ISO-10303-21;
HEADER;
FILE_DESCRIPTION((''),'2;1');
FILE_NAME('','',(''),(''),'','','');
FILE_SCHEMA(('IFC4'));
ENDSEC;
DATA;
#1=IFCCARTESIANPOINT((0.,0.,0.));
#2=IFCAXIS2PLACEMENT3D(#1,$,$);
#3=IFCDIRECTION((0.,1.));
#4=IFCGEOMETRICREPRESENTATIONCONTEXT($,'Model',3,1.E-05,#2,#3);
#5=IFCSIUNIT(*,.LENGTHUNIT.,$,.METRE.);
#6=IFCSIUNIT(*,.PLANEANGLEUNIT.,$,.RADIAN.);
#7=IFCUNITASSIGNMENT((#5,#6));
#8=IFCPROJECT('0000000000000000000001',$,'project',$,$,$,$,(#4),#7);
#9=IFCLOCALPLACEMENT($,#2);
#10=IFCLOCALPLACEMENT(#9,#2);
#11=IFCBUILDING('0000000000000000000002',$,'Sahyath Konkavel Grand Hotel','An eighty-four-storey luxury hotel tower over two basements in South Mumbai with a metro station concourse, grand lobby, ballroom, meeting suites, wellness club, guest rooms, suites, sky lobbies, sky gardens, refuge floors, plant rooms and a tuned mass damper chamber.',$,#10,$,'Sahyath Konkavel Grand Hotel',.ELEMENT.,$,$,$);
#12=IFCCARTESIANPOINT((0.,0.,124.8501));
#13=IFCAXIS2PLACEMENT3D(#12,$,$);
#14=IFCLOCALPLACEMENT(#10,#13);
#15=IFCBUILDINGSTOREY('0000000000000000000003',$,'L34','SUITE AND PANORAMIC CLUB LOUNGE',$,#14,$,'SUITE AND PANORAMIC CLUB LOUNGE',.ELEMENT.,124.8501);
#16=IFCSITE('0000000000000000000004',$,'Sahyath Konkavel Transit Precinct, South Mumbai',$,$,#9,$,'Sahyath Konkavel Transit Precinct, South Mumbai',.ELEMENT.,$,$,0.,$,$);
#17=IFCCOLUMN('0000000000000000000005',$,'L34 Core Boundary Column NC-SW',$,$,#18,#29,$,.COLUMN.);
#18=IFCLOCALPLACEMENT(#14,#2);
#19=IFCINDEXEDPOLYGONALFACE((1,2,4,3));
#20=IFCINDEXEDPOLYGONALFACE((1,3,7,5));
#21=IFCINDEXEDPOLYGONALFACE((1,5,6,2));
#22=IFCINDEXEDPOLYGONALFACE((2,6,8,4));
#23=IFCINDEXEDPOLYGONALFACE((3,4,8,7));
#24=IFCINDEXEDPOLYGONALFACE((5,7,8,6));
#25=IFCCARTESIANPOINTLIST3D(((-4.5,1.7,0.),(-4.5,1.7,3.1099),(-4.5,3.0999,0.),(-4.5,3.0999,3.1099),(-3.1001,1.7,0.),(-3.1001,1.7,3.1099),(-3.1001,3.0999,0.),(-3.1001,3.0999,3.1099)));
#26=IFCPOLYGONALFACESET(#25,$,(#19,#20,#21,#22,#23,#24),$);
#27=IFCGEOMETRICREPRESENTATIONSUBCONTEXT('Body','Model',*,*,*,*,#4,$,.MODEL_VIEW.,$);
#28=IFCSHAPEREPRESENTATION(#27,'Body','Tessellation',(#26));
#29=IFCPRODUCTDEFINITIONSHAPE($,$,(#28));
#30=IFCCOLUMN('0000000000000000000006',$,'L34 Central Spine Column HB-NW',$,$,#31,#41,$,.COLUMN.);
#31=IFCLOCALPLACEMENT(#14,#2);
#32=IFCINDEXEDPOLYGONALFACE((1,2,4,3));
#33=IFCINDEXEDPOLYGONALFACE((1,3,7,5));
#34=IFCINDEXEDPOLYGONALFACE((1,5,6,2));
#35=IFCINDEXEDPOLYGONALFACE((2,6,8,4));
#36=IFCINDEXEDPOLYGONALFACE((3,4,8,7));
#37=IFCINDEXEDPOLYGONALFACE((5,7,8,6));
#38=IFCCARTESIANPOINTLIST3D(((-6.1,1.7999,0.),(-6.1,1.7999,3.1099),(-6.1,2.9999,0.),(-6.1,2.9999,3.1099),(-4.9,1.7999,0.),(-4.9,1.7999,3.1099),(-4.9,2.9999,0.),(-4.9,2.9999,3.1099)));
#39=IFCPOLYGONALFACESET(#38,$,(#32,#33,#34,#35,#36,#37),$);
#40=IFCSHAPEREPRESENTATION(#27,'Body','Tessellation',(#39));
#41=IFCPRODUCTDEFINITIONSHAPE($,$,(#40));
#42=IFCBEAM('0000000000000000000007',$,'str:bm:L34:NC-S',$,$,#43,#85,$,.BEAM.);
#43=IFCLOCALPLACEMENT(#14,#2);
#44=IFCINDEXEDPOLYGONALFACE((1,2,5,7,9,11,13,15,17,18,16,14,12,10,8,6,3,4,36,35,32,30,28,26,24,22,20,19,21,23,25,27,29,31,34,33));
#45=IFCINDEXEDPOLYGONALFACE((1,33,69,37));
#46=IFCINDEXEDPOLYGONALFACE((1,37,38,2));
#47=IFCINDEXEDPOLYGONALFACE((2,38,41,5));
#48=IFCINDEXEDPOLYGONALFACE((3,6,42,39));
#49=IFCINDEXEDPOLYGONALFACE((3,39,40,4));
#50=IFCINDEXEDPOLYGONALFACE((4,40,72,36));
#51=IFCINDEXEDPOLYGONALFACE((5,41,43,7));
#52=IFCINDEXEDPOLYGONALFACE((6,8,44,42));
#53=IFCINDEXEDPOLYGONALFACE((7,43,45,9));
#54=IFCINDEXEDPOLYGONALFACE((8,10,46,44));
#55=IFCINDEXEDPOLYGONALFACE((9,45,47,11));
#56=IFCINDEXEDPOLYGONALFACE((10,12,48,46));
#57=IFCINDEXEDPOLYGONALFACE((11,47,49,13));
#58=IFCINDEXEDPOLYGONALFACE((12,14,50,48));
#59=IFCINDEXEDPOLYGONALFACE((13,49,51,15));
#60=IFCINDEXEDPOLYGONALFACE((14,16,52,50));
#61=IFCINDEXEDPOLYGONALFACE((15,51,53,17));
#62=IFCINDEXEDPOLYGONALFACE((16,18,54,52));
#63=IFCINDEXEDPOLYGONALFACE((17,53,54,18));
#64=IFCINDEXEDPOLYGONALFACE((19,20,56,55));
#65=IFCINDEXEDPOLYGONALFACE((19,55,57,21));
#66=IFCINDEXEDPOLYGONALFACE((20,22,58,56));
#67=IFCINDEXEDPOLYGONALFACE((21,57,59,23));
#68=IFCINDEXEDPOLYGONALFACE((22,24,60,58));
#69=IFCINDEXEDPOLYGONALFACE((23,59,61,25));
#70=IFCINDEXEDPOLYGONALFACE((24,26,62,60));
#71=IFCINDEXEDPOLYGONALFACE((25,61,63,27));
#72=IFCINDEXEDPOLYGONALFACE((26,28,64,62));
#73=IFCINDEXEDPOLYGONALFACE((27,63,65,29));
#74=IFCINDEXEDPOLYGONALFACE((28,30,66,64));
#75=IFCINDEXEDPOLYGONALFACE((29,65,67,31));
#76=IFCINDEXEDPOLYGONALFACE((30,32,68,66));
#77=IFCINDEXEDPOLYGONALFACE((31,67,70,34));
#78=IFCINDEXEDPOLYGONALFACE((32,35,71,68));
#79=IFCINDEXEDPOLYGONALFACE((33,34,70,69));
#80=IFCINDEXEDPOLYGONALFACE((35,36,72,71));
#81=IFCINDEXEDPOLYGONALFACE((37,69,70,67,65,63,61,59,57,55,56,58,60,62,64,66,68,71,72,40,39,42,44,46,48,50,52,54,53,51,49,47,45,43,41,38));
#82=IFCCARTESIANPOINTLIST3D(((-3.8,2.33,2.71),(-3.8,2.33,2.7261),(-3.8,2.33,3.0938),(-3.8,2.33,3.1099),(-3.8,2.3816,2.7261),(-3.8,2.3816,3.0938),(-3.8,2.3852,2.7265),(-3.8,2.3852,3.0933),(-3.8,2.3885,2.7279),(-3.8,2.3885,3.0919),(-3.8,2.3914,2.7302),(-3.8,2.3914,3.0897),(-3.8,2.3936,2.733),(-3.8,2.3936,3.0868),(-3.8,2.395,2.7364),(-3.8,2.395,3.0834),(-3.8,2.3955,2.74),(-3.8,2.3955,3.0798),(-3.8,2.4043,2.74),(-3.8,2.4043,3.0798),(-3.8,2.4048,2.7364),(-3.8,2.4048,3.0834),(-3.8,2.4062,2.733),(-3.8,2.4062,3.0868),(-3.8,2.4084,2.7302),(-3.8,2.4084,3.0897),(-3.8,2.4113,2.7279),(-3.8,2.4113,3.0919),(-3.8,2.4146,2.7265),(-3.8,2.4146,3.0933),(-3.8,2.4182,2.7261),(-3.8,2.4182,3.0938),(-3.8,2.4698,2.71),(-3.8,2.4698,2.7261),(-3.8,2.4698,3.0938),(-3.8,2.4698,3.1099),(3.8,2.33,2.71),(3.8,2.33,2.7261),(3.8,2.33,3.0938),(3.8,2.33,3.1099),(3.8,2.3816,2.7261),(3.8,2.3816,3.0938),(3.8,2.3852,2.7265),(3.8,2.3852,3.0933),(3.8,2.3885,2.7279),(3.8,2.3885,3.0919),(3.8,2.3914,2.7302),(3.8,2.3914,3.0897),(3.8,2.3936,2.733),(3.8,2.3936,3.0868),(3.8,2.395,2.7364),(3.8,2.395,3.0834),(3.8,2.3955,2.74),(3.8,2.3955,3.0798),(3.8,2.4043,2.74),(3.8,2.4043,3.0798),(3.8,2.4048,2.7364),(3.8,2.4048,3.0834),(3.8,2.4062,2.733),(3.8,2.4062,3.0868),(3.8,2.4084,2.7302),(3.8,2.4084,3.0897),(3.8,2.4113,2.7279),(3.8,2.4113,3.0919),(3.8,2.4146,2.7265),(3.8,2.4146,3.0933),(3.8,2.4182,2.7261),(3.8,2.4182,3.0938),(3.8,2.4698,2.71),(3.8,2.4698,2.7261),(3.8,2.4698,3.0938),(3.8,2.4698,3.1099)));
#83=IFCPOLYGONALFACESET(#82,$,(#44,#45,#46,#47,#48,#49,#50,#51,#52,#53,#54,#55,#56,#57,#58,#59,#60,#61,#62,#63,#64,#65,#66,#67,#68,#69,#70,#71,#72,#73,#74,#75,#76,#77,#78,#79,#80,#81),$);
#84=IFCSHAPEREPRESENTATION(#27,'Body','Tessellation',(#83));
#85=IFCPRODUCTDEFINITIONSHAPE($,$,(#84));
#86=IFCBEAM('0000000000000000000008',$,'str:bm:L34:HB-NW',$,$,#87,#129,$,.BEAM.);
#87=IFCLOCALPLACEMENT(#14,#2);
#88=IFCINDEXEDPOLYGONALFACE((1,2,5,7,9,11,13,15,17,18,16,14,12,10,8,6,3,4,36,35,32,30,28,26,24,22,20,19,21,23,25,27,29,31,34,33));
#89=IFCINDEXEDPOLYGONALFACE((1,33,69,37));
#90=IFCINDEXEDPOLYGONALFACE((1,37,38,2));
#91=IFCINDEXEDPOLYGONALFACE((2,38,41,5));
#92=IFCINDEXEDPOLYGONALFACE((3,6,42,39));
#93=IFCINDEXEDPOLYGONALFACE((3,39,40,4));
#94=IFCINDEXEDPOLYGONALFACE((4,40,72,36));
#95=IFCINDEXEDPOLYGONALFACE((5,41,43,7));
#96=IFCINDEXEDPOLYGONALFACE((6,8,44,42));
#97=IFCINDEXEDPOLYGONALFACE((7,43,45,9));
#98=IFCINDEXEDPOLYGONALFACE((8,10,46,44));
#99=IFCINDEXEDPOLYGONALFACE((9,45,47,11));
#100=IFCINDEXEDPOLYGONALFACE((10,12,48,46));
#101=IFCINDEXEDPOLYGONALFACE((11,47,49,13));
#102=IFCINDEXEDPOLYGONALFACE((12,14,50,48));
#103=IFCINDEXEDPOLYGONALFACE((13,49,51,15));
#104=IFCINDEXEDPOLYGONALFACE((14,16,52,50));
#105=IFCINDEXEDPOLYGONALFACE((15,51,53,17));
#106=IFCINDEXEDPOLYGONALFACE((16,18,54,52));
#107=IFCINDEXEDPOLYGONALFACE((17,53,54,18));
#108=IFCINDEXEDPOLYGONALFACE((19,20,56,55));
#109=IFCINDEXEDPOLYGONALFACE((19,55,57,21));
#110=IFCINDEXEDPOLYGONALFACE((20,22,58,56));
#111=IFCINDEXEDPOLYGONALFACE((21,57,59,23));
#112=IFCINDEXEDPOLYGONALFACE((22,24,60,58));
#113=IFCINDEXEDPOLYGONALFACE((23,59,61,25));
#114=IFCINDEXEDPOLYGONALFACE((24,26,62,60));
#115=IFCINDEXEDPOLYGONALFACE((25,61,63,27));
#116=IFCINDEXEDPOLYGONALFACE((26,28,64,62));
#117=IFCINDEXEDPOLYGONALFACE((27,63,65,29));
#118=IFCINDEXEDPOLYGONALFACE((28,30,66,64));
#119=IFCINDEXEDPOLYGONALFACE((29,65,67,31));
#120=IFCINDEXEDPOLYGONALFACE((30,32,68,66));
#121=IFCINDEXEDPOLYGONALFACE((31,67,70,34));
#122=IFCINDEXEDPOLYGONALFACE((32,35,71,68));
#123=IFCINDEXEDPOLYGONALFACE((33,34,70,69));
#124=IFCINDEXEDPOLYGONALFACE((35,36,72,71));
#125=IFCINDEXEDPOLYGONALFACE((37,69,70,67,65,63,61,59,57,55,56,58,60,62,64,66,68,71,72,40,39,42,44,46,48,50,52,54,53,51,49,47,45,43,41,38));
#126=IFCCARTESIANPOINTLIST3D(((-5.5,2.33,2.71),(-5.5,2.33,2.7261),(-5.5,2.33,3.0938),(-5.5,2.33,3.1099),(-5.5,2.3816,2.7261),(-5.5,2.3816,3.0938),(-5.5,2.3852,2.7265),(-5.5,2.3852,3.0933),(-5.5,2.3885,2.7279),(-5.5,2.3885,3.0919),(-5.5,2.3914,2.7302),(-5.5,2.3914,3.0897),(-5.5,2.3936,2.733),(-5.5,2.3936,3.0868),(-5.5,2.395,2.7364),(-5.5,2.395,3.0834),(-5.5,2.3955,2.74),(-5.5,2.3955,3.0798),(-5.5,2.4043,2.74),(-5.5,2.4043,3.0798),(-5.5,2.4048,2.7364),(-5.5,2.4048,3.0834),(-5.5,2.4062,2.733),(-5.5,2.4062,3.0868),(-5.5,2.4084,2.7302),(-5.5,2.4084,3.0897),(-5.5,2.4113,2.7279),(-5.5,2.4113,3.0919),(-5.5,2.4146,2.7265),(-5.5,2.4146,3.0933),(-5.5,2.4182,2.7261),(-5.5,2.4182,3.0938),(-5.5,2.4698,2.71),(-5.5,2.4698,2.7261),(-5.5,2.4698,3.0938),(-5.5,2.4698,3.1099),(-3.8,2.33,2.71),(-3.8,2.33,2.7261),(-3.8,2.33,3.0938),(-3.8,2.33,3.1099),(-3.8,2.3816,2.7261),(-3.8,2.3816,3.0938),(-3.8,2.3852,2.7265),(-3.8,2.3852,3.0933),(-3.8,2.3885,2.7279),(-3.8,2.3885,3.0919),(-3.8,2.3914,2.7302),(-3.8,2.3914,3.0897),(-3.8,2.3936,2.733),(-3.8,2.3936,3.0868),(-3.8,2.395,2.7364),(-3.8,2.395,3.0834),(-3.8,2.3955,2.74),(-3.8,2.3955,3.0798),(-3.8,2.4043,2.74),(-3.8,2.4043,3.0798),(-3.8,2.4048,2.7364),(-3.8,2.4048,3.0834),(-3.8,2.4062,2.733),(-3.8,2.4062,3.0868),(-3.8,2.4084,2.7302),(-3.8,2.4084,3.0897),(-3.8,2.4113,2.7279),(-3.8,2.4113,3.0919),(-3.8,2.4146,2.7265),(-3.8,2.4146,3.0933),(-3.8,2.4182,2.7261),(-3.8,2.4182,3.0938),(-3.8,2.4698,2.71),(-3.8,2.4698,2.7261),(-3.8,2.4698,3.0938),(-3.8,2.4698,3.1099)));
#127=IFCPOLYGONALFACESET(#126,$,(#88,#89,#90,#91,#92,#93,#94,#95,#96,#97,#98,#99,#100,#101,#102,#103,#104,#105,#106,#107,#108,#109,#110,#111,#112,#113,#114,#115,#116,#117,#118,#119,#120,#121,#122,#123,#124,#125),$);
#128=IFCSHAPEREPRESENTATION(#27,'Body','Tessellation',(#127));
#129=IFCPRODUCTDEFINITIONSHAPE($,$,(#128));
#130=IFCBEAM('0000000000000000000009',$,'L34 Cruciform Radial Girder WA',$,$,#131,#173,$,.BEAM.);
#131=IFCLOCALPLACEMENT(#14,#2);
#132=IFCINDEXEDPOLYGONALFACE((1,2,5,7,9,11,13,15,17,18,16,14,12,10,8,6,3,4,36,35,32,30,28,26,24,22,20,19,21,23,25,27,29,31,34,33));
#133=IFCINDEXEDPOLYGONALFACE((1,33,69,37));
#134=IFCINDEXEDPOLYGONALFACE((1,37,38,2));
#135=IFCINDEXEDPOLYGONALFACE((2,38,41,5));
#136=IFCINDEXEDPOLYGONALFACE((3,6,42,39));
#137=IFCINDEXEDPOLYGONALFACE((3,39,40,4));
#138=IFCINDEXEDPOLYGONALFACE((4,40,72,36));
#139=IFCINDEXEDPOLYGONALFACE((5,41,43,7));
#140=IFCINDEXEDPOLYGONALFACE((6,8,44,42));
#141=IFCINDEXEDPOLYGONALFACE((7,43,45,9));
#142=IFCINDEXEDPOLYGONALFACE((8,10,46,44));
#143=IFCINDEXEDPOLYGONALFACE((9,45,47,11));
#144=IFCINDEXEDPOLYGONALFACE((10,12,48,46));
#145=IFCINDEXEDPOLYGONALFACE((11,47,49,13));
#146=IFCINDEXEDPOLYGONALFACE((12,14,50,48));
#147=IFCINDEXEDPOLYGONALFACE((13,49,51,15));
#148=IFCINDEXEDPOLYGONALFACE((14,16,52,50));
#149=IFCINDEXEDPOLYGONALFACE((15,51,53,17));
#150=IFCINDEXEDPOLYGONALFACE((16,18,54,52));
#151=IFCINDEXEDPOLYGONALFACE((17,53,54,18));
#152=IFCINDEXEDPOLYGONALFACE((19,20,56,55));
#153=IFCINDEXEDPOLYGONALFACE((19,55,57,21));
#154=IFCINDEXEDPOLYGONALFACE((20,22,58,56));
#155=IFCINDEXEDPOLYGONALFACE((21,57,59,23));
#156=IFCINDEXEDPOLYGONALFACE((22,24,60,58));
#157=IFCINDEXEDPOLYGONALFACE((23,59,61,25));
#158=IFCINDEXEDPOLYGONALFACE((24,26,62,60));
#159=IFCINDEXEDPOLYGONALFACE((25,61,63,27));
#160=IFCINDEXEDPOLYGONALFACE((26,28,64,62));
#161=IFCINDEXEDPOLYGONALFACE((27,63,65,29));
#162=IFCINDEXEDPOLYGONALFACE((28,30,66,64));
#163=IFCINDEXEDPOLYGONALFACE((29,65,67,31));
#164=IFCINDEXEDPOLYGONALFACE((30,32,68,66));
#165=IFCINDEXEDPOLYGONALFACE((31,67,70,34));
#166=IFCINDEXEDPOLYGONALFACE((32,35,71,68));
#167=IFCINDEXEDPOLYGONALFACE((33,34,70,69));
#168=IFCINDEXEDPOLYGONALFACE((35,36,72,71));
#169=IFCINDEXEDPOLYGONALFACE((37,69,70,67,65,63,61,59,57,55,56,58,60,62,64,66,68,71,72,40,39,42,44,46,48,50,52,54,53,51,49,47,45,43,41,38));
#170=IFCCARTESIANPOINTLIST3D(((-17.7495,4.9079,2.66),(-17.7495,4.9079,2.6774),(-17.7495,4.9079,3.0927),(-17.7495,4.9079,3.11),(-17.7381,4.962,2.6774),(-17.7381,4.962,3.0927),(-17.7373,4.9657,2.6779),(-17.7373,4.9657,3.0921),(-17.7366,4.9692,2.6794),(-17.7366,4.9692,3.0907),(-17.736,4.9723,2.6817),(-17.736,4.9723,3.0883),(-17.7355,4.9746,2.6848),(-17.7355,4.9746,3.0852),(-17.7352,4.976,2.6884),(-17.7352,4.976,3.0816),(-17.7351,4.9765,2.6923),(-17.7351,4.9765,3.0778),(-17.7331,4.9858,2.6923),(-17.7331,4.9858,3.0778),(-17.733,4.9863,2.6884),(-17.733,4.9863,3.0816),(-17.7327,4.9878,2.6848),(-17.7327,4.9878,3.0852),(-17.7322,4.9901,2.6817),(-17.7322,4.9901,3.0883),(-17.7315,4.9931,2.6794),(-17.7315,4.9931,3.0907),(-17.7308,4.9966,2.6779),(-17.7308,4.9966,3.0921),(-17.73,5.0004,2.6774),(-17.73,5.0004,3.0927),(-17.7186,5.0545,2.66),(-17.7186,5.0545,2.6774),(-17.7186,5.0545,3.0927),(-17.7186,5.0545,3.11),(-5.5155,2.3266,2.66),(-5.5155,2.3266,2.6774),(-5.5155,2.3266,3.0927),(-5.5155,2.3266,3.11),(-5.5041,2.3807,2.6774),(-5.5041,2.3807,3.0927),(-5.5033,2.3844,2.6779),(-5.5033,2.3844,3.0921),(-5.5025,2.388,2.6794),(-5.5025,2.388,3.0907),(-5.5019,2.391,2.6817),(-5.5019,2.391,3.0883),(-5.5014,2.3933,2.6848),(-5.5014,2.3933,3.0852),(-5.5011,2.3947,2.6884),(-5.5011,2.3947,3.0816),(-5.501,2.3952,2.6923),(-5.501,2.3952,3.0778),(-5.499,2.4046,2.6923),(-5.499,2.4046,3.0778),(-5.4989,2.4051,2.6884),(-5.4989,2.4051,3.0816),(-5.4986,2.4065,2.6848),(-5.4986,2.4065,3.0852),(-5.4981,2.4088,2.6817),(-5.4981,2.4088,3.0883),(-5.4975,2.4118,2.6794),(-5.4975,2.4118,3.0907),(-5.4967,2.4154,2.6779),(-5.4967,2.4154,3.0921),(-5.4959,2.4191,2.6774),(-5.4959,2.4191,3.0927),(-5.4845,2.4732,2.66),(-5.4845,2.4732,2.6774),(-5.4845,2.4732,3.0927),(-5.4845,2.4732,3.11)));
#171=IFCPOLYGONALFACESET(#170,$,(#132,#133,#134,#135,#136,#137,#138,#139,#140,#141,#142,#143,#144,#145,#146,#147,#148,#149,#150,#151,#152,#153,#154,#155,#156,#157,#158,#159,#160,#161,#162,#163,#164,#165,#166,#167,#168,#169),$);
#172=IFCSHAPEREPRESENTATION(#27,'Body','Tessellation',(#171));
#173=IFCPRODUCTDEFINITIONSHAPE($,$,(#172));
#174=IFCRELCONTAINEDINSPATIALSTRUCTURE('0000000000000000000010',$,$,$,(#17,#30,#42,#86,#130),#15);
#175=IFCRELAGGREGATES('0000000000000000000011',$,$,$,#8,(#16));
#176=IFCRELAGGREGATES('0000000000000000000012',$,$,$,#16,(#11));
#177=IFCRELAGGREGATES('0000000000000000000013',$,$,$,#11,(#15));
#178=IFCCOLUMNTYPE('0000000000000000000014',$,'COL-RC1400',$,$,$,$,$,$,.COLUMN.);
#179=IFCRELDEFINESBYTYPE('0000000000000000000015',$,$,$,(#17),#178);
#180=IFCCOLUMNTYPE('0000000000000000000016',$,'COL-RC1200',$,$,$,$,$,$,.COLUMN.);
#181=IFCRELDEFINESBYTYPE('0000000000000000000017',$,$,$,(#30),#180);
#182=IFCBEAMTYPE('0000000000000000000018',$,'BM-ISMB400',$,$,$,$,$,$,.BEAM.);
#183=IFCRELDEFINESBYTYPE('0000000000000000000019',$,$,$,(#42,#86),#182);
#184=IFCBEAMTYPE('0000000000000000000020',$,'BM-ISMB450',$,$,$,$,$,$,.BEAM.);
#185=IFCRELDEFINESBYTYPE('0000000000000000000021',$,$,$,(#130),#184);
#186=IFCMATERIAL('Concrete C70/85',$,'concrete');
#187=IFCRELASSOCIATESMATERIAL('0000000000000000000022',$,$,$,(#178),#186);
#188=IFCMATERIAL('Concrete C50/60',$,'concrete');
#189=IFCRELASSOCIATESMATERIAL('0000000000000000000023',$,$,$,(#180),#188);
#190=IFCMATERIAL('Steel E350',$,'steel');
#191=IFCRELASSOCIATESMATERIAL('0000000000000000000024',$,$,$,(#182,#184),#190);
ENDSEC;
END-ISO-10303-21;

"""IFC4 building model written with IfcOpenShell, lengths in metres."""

from ifc_helpers import new_model, si_unit, direction, frame, origin, origin_2d, place, context, subcontext, project, spatial, rectangle, i_section, extrude, source, transform, mapped, material, material_profile, profile_set, type_object, element, save


model = new_model("IFC4")

# Units and contexts
model_context = context("Model", 3, precision=1e-05, world=origin(), true_north=direction((0.0, 1.0)))
body_context = subcontext(model_context, "Body", "Model", "MODEL_VIEW")
ifc_project = project(units=[si_unit("LENGTHUNIT", "METRE"), si_unit("PLANEANGLEUNIT", "RADIAN")], contexts=[model_context])

# Site, building, storey
site_placement = place(None, origin())
site = spatial("IfcSite", under=ifc_project, at=site_placement, Name="Sahyath Konkavel Transit Precinct, South Mumbai", LongName="Sahyath Konkavel Transit Precinct, South Mumbai", CompositionType="ELEMENT", RefElevation=0.0)
building_placement = place(site_placement, origin())
building = spatial("IfcBuilding", under=site, at=building_placement, Name="Sahyath Konkavel Grand Hotel", Description="An eighty-four-storey luxury hotel tower over two basements in South Mumbai with a metro station concourse, grand lobby, ballroom, meeting suites, wellness club, guest rooms, suites, sky lobbies, sky gardens, refuge floors, plant rooms and a tuned mass damper chamber.", LongName="Sahyath Konkavel Grand Hotel", CompositionType="ELEMENT")
storey_placement = place(building_placement, frame((0.0, 0.0, 124.8501)))
storey = spatial("IfcBuildingStorey", under=building, at=storey_placement, Name="L34", Description="SUITE AND PANORAMIC CLUB LOUNGE", LongName="SUITE AND PANORAMIC CLUB LOUNGE", CompositionType="ELEMENT", Elevation=124.8501)

# Columns
ifc_material_1 = material(Name="Concrete C70/85", Category="concrete")
ifc_material_profile_1 = material_profile(ifc_material_1, rectangle(XDim=1.3999, YDim=1.3999, at=origin_2d()), Name="RC 1400x1400")
ifc_profile_set_1 = profile_set([ifc_material_profile_1], Name="Concrete C70/85")
column_type_1 = type_object("IfcColumnType", Name="COL-RC1400", PredefinedType="COLUMN", material=ifc_profile_set_1)
shared_shape_1 = source(origin(), body_context, "Body", "SweptSolid", [
    extrude(rectangle(XDim=1.3999, YDim=1.3999, at=origin_2d()), origin(), (0.0, 0.0, 1.0), 3.1099),
])
column_1_placement = place(storey_placement, frame((-3.8, 2.3999, 0.0), z_axis=(0.0, 0.0, 1.0), x_axis=(1.0, 0.0, 0.0)))
element("IfcColumn", 1, at=column_1_placement, inside=storey, type_object=column_type_1, Name="L34 Core Boundary Column NC-SW", PredefinedType="COLUMN", context=body_context, shape_type="MappedRepresentation", body=[
    mapped(shared_shape_1, transform((0.0, 0.0, 0.0), scale=1.0)),
])
ifc_material_2 = material(Name="Concrete C50/60", Category="concrete")
ifc_material_profile_2 = material_profile(ifc_material_2, rectangle(XDim=1.2, YDim=1.2, at=origin_2d()), Name="RC 1200x1200")
ifc_profile_set_2 = profile_set([ifc_material_profile_2], Name="Concrete C50/60")
column_type_2 = type_object("IfcColumnType", Name="COL-RC1200", PredefinedType="COLUMN", material=ifc_profile_set_2)
shared_shape_2 = source(origin(), body_context, "Body", "SweptSolid", [
    extrude(rectangle(XDim=1.2, YDim=1.2, at=origin_2d()), origin(), (0.0, 0.0, 1.0), 3.1099),
])
column_2_placement = place(storey_placement, frame((-5.5, 2.3999, 0.0), z_axis=(0.0, 0.0, 1.0), x_axis=(1.0, 0.0, 0.0)))
element("IfcColumn", 2, at=column_2_placement, inside=storey, type_object=column_type_2, Name="L34 Central Spine Column HB-NW", PredefinedType="COLUMN", context=body_context, shape_type="MappedRepresentation", body=[
    mapped(shared_shape_2, transform((0.0, 0.0, 0.0), scale=1.0)),
])

# Beams
ifc_material_3 = material(Name="Steel E350", Category="steel")
ifc_material_profile_3 = material_profile(ifc_material_3, i_section(OverallWidth=0.1399, OverallDepth=0.3999, WebThickness=0.0088, FlangeThickness=0.0161, FilletRadius=0.0139, at=origin_2d()), Name="ISMB 400")
ifc_profile_set_3 = profile_set([ifc_material_profile_3], Name="Steel E350")
beam_type_1 = type_object("IfcBeamType", Name="BM-ISMB400", PredefinedType="BEAM", material=ifc_profile_set_3)
shared_shape_3 = source(origin(), body_context, "Body", "SweptSolid", [
    extrude(i_section(OverallWidth=0.1399, OverallDepth=0.3999, WebThickness=0.0088, FlangeThickness=0.0161, FilletRadius=0.0139, at=origin_2d()), origin(), (0.0, 0.0, 1.0), 7.6001),
])
beam_1_placement = place(storey_placement, frame((-3.8, 2.3999, 2.9099), z_axis=(1.0, 0.0, 0.0), x_axis=(0.0, 1.0, 0.0)))
element("IfcBeam", 3, at=beam_1_placement, inside=storey, type_object=beam_type_1, Name="str:bm:L34:NC-S", PredefinedType="BEAM", context=body_context, shape_type="MappedRepresentation", body=[
    mapped(shared_shape_3, transform((0.0, 0.0, 0.0), scale=1.0)),
])
shared_shape_4 = source(origin(), body_context, "Body", "SweptSolid", [
    extrude(i_section(OverallWidth=0.1399, OverallDepth=0.3999, WebThickness=0.0088, FlangeThickness=0.0161, FilletRadius=0.0139, at=origin_2d()), origin(), (0.0, 0.0, 1.0), 1.7),
])
beam_2_placement = place(storey_placement, frame((-5.5, 2.3999, 2.9099), z_axis=(1.0, 0.0, 0.0), x_axis=(0.0, 1.0, 0.0)))
element("IfcBeam", 4, at=beam_2_placement, inside=storey, type_object=beam_type_1, Name="str:bm:L34:HB-NW", PredefinedType="BEAM", context=body_context, shape_type="MappedRepresentation", body=[
    mapped(shared_shape_4, transform((0.0, 0.0, 0.0), scale=1.0)),
])
ifc_material_profile_4 = material_profile(ifc_material_3, i_section(OverallWidth=0.1499, OverallDepth=0.45, WebThickness=0.0095, FlangeThickness=0.0173, FilletRadius=0.0149, at=origin_2d()), Name="ISMB 450")
ifc_profile_set_4 = profile_set([ifc_material_profile_4], Name="Steel E350")
beam_type_2 = type_object("IfcBeamType", Name="BM-ISMB450", PredefinedType="BEAM", material=ifc_profile_set_4)
shared_shape_5 = source(origin(), body_context, "Body", "SweptSolid", [
    extrude(i_section(OverallWidth=0.1499, OverallDepth=0.45, WebThickness=0.0095, FlangeThickness=0.0173, FilletRadius=0.0149, at=origin_2d()), origin(), (0.0, 0.0, 1.0), 12.5034),
])
beam_3_placement = place(storey_placement, frame((-5.5, 2.3999, 2.885), z_axis=(-0.978458, 0.206446, 0.0), x_axis=(-0.206446, -0.978458, 0.0)))
element("IfcBeam", 5, at=beam_3_placement, inside=storey, type_object=beam_type_2, Name="L34 Cruciform Radial Girder WA", PredefinedType="BEAM", context=body_context, shape_type="MappedRepresentation", body=[
    mapped(shared_shape_5, transform((0.0, 0.0, 0.0), scale=1.0)),
])

save(model, "model.ifc")
